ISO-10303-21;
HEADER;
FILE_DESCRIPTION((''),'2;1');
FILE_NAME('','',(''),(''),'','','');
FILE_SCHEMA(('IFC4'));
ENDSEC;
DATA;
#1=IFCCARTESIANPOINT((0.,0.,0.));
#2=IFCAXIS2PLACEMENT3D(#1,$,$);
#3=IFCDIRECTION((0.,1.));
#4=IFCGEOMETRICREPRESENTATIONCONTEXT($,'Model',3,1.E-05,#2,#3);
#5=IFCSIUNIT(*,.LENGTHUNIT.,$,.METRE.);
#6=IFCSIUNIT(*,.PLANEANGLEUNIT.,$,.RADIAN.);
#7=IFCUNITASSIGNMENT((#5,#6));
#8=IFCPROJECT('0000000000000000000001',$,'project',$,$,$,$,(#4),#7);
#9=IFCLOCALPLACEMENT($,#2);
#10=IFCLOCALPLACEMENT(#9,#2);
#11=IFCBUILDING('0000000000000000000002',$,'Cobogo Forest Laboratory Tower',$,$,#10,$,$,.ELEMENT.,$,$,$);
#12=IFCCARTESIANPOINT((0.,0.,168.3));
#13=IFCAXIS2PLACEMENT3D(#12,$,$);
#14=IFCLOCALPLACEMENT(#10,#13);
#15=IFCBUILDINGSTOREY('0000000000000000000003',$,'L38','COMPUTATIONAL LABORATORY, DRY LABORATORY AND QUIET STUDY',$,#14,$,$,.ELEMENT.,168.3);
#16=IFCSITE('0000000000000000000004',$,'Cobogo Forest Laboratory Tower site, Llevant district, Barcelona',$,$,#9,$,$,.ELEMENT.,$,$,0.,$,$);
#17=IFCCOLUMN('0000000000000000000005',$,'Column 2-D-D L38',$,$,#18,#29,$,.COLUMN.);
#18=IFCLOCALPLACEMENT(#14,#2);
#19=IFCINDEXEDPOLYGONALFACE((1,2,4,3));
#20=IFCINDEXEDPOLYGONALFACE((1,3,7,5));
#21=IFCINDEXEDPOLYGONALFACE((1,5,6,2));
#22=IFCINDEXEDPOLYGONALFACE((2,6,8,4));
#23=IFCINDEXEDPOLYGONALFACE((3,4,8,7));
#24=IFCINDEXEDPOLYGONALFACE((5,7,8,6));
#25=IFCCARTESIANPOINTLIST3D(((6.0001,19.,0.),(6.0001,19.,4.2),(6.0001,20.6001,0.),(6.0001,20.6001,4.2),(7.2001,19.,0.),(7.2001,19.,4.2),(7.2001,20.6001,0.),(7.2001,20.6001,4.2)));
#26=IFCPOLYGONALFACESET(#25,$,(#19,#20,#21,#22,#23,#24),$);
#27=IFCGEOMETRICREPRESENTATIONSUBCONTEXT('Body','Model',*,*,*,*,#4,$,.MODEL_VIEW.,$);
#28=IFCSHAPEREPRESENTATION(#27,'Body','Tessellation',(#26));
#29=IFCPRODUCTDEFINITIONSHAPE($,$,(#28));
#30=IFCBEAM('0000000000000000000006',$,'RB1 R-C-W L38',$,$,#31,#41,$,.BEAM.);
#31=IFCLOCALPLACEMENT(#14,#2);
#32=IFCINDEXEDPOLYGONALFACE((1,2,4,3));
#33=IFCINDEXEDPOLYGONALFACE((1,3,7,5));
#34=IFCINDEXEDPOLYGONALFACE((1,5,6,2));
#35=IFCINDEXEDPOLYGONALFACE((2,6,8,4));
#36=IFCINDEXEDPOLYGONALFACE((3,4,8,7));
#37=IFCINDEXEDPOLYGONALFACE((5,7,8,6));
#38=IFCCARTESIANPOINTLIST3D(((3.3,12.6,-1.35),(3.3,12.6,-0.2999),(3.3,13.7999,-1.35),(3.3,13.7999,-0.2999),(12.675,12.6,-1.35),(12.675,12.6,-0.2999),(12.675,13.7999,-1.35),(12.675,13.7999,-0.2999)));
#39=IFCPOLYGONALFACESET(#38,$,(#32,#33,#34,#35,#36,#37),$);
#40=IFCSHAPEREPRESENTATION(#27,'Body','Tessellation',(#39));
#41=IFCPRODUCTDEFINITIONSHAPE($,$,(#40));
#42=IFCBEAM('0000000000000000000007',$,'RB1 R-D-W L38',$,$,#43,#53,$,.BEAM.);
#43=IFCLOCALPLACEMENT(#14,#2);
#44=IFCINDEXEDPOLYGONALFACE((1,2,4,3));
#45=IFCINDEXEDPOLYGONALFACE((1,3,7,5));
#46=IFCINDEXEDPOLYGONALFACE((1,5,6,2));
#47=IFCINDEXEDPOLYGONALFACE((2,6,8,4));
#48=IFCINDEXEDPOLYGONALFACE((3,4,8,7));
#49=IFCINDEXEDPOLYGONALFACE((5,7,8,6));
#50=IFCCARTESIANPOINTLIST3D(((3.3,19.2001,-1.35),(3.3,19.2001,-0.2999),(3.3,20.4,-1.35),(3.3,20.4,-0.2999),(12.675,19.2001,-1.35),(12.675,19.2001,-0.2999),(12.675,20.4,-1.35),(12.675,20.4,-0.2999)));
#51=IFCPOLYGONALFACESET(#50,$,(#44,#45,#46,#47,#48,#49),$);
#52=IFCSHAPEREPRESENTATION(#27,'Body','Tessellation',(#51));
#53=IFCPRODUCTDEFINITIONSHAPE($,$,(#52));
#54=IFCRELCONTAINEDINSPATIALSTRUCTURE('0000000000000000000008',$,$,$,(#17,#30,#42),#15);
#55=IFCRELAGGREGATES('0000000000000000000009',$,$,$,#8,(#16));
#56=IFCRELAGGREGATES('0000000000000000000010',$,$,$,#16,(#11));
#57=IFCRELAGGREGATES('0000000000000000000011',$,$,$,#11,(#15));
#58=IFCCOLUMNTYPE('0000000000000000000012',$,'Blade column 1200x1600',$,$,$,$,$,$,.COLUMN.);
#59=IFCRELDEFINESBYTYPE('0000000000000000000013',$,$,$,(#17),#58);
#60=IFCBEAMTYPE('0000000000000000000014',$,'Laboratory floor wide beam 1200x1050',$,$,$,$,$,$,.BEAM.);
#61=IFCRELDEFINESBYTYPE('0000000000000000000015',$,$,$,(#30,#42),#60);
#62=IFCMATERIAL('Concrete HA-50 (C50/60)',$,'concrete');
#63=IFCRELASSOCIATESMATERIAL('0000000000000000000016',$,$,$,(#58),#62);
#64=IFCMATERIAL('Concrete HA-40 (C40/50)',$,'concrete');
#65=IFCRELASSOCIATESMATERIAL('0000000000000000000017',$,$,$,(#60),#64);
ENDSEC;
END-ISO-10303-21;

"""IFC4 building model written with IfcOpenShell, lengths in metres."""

from ifc_helpers import new_model, si_unit, direction, frame, origin, origin_2d, place, context, subcontext, project, spatial, rectangle, extrude, material, material_profile, profile_set, type_object, element, save


model = new_model("IFC4")

# Units and contexts
model_context = context("Model", 3, precision=1e-05, world=origin(), true_north=direction((0.0, 1.0)))
body_context = subcontext(model_context, "Body", "Model", "MODEL_VIEW")
ifc_project = project(units=[si_unit("LENGTHUNIT", "METRE"), si_unit("PLANEANGLEUNIT", "RADIAN")], contexts=[model_context])

# Site, building, storey
site_placement = place(None, origin())
site = spatial("IfcSite", under=ifc_project, at=site_placement, Name="Cobogo Forest Laboratory Tower site, Llevant district, Barcelona", CompositionType="ELEMENT", RefElevation=0.0)
building_placement = place(site_placement, origin())
building = spatial("IfcBuilding", under=site, at=building_placement, Name="Cobogo Forest Laboratory Tower", CompositionType="ELEMENT")
storey_placement = place(building_placement, frame((0.0, 0.0, 168.3)))
storey = spatial("IfcBuildingStorey", under=building, at=storey_placement, Name="L38", Description="COMPUTATIONAL LABORATORY, DRY LABORATORY AND QUIET STUDY", CompositionType="ELEMENT", Elevation=168.3)

# Column
ifc_material_1 = material(Name="Concrete HA-50 (C50/60)", Category="concrete")
ifc_material_profile_1 = material_profile(ifc_material_1, rectangle(XDim=1.6001, YDim=1.2, at=origin_2d()), Name="RC 1200x1600")
ifc_profile_set_1 = profile_set([ifc_material_profile_1], Name="Concrete HA-50 (C50/60)")
column_type = type_object("IfcColumnType", Name="Blade column 1200x1600", PredefinedType="COLUMN", material=ifc_profile_set_1)
column_placement = place(storey_placement, frame((6.6001, 19.8, 0.0), z_axis=(0.0, 0.0, 1.0), x_axis=(0.0, 1.0, 0.0)))
element("IfcColumn", 1, at=column_placement, inside=storey, type_object=column_type, Name="Column 2-D-D L38", PredefinedType="COLUMN", context=body_context, shape_type="SweptSolid", body=[
    extrude(rectangle(XDim=1.6001, YDim=1.2, at=origin_2d()), origin(), (0.0, 0.0, 1.0), 4.2),
])

# Beams
ifc_material_2 = material(Name="Concrete HA-40 (C40/50)", Category="concrete")
ifc_material_profile_2 = material_profile(ifc_material_2, rectangle(XDim=1.2, YDim=1.05, at=origin_2d()), Name="RC 1200x1050")
ifc_profile_set_2 = profile_set([ifc_material_profile_2], Name="Concrete HA-40 (C40/50)")
beam_type = type_object("IfcBeamType", Name="Laboratory floor wide beam 1200x1050", PredefinedType="BEAM", material=ifc_profile_set_2)
for number, where, z_axis, x_axis, name in (
    (2, (12.675, 13.2, -0.825), (-1.0, 0.0, 0.0), (0.0, -1.0, 0.0), "RB1 R-C-W L38"),
    (3, (12.675, 19.8, -0.825), (-1.0, 0.0, 0.0), (0.0, -1.0, 0.0), "RB1 R-D-W L38"),
):
    element("IfcBeam", number, at=place(storey_placement, frame(where, z_axis=z_axis, x_axis=x_axis)), inside=storey, type_object=beam_type, Name=name, PredefinedType="BEAM", context=body_context, shape_type="SweptSolid", body=[
        extrude(rectangle(XDim=1.2, YDim=1.05, at=origin_2d()), origin(), (0.0, 0.0, 1.0), 9.375),
    ])

save(model, "model.ifc")
